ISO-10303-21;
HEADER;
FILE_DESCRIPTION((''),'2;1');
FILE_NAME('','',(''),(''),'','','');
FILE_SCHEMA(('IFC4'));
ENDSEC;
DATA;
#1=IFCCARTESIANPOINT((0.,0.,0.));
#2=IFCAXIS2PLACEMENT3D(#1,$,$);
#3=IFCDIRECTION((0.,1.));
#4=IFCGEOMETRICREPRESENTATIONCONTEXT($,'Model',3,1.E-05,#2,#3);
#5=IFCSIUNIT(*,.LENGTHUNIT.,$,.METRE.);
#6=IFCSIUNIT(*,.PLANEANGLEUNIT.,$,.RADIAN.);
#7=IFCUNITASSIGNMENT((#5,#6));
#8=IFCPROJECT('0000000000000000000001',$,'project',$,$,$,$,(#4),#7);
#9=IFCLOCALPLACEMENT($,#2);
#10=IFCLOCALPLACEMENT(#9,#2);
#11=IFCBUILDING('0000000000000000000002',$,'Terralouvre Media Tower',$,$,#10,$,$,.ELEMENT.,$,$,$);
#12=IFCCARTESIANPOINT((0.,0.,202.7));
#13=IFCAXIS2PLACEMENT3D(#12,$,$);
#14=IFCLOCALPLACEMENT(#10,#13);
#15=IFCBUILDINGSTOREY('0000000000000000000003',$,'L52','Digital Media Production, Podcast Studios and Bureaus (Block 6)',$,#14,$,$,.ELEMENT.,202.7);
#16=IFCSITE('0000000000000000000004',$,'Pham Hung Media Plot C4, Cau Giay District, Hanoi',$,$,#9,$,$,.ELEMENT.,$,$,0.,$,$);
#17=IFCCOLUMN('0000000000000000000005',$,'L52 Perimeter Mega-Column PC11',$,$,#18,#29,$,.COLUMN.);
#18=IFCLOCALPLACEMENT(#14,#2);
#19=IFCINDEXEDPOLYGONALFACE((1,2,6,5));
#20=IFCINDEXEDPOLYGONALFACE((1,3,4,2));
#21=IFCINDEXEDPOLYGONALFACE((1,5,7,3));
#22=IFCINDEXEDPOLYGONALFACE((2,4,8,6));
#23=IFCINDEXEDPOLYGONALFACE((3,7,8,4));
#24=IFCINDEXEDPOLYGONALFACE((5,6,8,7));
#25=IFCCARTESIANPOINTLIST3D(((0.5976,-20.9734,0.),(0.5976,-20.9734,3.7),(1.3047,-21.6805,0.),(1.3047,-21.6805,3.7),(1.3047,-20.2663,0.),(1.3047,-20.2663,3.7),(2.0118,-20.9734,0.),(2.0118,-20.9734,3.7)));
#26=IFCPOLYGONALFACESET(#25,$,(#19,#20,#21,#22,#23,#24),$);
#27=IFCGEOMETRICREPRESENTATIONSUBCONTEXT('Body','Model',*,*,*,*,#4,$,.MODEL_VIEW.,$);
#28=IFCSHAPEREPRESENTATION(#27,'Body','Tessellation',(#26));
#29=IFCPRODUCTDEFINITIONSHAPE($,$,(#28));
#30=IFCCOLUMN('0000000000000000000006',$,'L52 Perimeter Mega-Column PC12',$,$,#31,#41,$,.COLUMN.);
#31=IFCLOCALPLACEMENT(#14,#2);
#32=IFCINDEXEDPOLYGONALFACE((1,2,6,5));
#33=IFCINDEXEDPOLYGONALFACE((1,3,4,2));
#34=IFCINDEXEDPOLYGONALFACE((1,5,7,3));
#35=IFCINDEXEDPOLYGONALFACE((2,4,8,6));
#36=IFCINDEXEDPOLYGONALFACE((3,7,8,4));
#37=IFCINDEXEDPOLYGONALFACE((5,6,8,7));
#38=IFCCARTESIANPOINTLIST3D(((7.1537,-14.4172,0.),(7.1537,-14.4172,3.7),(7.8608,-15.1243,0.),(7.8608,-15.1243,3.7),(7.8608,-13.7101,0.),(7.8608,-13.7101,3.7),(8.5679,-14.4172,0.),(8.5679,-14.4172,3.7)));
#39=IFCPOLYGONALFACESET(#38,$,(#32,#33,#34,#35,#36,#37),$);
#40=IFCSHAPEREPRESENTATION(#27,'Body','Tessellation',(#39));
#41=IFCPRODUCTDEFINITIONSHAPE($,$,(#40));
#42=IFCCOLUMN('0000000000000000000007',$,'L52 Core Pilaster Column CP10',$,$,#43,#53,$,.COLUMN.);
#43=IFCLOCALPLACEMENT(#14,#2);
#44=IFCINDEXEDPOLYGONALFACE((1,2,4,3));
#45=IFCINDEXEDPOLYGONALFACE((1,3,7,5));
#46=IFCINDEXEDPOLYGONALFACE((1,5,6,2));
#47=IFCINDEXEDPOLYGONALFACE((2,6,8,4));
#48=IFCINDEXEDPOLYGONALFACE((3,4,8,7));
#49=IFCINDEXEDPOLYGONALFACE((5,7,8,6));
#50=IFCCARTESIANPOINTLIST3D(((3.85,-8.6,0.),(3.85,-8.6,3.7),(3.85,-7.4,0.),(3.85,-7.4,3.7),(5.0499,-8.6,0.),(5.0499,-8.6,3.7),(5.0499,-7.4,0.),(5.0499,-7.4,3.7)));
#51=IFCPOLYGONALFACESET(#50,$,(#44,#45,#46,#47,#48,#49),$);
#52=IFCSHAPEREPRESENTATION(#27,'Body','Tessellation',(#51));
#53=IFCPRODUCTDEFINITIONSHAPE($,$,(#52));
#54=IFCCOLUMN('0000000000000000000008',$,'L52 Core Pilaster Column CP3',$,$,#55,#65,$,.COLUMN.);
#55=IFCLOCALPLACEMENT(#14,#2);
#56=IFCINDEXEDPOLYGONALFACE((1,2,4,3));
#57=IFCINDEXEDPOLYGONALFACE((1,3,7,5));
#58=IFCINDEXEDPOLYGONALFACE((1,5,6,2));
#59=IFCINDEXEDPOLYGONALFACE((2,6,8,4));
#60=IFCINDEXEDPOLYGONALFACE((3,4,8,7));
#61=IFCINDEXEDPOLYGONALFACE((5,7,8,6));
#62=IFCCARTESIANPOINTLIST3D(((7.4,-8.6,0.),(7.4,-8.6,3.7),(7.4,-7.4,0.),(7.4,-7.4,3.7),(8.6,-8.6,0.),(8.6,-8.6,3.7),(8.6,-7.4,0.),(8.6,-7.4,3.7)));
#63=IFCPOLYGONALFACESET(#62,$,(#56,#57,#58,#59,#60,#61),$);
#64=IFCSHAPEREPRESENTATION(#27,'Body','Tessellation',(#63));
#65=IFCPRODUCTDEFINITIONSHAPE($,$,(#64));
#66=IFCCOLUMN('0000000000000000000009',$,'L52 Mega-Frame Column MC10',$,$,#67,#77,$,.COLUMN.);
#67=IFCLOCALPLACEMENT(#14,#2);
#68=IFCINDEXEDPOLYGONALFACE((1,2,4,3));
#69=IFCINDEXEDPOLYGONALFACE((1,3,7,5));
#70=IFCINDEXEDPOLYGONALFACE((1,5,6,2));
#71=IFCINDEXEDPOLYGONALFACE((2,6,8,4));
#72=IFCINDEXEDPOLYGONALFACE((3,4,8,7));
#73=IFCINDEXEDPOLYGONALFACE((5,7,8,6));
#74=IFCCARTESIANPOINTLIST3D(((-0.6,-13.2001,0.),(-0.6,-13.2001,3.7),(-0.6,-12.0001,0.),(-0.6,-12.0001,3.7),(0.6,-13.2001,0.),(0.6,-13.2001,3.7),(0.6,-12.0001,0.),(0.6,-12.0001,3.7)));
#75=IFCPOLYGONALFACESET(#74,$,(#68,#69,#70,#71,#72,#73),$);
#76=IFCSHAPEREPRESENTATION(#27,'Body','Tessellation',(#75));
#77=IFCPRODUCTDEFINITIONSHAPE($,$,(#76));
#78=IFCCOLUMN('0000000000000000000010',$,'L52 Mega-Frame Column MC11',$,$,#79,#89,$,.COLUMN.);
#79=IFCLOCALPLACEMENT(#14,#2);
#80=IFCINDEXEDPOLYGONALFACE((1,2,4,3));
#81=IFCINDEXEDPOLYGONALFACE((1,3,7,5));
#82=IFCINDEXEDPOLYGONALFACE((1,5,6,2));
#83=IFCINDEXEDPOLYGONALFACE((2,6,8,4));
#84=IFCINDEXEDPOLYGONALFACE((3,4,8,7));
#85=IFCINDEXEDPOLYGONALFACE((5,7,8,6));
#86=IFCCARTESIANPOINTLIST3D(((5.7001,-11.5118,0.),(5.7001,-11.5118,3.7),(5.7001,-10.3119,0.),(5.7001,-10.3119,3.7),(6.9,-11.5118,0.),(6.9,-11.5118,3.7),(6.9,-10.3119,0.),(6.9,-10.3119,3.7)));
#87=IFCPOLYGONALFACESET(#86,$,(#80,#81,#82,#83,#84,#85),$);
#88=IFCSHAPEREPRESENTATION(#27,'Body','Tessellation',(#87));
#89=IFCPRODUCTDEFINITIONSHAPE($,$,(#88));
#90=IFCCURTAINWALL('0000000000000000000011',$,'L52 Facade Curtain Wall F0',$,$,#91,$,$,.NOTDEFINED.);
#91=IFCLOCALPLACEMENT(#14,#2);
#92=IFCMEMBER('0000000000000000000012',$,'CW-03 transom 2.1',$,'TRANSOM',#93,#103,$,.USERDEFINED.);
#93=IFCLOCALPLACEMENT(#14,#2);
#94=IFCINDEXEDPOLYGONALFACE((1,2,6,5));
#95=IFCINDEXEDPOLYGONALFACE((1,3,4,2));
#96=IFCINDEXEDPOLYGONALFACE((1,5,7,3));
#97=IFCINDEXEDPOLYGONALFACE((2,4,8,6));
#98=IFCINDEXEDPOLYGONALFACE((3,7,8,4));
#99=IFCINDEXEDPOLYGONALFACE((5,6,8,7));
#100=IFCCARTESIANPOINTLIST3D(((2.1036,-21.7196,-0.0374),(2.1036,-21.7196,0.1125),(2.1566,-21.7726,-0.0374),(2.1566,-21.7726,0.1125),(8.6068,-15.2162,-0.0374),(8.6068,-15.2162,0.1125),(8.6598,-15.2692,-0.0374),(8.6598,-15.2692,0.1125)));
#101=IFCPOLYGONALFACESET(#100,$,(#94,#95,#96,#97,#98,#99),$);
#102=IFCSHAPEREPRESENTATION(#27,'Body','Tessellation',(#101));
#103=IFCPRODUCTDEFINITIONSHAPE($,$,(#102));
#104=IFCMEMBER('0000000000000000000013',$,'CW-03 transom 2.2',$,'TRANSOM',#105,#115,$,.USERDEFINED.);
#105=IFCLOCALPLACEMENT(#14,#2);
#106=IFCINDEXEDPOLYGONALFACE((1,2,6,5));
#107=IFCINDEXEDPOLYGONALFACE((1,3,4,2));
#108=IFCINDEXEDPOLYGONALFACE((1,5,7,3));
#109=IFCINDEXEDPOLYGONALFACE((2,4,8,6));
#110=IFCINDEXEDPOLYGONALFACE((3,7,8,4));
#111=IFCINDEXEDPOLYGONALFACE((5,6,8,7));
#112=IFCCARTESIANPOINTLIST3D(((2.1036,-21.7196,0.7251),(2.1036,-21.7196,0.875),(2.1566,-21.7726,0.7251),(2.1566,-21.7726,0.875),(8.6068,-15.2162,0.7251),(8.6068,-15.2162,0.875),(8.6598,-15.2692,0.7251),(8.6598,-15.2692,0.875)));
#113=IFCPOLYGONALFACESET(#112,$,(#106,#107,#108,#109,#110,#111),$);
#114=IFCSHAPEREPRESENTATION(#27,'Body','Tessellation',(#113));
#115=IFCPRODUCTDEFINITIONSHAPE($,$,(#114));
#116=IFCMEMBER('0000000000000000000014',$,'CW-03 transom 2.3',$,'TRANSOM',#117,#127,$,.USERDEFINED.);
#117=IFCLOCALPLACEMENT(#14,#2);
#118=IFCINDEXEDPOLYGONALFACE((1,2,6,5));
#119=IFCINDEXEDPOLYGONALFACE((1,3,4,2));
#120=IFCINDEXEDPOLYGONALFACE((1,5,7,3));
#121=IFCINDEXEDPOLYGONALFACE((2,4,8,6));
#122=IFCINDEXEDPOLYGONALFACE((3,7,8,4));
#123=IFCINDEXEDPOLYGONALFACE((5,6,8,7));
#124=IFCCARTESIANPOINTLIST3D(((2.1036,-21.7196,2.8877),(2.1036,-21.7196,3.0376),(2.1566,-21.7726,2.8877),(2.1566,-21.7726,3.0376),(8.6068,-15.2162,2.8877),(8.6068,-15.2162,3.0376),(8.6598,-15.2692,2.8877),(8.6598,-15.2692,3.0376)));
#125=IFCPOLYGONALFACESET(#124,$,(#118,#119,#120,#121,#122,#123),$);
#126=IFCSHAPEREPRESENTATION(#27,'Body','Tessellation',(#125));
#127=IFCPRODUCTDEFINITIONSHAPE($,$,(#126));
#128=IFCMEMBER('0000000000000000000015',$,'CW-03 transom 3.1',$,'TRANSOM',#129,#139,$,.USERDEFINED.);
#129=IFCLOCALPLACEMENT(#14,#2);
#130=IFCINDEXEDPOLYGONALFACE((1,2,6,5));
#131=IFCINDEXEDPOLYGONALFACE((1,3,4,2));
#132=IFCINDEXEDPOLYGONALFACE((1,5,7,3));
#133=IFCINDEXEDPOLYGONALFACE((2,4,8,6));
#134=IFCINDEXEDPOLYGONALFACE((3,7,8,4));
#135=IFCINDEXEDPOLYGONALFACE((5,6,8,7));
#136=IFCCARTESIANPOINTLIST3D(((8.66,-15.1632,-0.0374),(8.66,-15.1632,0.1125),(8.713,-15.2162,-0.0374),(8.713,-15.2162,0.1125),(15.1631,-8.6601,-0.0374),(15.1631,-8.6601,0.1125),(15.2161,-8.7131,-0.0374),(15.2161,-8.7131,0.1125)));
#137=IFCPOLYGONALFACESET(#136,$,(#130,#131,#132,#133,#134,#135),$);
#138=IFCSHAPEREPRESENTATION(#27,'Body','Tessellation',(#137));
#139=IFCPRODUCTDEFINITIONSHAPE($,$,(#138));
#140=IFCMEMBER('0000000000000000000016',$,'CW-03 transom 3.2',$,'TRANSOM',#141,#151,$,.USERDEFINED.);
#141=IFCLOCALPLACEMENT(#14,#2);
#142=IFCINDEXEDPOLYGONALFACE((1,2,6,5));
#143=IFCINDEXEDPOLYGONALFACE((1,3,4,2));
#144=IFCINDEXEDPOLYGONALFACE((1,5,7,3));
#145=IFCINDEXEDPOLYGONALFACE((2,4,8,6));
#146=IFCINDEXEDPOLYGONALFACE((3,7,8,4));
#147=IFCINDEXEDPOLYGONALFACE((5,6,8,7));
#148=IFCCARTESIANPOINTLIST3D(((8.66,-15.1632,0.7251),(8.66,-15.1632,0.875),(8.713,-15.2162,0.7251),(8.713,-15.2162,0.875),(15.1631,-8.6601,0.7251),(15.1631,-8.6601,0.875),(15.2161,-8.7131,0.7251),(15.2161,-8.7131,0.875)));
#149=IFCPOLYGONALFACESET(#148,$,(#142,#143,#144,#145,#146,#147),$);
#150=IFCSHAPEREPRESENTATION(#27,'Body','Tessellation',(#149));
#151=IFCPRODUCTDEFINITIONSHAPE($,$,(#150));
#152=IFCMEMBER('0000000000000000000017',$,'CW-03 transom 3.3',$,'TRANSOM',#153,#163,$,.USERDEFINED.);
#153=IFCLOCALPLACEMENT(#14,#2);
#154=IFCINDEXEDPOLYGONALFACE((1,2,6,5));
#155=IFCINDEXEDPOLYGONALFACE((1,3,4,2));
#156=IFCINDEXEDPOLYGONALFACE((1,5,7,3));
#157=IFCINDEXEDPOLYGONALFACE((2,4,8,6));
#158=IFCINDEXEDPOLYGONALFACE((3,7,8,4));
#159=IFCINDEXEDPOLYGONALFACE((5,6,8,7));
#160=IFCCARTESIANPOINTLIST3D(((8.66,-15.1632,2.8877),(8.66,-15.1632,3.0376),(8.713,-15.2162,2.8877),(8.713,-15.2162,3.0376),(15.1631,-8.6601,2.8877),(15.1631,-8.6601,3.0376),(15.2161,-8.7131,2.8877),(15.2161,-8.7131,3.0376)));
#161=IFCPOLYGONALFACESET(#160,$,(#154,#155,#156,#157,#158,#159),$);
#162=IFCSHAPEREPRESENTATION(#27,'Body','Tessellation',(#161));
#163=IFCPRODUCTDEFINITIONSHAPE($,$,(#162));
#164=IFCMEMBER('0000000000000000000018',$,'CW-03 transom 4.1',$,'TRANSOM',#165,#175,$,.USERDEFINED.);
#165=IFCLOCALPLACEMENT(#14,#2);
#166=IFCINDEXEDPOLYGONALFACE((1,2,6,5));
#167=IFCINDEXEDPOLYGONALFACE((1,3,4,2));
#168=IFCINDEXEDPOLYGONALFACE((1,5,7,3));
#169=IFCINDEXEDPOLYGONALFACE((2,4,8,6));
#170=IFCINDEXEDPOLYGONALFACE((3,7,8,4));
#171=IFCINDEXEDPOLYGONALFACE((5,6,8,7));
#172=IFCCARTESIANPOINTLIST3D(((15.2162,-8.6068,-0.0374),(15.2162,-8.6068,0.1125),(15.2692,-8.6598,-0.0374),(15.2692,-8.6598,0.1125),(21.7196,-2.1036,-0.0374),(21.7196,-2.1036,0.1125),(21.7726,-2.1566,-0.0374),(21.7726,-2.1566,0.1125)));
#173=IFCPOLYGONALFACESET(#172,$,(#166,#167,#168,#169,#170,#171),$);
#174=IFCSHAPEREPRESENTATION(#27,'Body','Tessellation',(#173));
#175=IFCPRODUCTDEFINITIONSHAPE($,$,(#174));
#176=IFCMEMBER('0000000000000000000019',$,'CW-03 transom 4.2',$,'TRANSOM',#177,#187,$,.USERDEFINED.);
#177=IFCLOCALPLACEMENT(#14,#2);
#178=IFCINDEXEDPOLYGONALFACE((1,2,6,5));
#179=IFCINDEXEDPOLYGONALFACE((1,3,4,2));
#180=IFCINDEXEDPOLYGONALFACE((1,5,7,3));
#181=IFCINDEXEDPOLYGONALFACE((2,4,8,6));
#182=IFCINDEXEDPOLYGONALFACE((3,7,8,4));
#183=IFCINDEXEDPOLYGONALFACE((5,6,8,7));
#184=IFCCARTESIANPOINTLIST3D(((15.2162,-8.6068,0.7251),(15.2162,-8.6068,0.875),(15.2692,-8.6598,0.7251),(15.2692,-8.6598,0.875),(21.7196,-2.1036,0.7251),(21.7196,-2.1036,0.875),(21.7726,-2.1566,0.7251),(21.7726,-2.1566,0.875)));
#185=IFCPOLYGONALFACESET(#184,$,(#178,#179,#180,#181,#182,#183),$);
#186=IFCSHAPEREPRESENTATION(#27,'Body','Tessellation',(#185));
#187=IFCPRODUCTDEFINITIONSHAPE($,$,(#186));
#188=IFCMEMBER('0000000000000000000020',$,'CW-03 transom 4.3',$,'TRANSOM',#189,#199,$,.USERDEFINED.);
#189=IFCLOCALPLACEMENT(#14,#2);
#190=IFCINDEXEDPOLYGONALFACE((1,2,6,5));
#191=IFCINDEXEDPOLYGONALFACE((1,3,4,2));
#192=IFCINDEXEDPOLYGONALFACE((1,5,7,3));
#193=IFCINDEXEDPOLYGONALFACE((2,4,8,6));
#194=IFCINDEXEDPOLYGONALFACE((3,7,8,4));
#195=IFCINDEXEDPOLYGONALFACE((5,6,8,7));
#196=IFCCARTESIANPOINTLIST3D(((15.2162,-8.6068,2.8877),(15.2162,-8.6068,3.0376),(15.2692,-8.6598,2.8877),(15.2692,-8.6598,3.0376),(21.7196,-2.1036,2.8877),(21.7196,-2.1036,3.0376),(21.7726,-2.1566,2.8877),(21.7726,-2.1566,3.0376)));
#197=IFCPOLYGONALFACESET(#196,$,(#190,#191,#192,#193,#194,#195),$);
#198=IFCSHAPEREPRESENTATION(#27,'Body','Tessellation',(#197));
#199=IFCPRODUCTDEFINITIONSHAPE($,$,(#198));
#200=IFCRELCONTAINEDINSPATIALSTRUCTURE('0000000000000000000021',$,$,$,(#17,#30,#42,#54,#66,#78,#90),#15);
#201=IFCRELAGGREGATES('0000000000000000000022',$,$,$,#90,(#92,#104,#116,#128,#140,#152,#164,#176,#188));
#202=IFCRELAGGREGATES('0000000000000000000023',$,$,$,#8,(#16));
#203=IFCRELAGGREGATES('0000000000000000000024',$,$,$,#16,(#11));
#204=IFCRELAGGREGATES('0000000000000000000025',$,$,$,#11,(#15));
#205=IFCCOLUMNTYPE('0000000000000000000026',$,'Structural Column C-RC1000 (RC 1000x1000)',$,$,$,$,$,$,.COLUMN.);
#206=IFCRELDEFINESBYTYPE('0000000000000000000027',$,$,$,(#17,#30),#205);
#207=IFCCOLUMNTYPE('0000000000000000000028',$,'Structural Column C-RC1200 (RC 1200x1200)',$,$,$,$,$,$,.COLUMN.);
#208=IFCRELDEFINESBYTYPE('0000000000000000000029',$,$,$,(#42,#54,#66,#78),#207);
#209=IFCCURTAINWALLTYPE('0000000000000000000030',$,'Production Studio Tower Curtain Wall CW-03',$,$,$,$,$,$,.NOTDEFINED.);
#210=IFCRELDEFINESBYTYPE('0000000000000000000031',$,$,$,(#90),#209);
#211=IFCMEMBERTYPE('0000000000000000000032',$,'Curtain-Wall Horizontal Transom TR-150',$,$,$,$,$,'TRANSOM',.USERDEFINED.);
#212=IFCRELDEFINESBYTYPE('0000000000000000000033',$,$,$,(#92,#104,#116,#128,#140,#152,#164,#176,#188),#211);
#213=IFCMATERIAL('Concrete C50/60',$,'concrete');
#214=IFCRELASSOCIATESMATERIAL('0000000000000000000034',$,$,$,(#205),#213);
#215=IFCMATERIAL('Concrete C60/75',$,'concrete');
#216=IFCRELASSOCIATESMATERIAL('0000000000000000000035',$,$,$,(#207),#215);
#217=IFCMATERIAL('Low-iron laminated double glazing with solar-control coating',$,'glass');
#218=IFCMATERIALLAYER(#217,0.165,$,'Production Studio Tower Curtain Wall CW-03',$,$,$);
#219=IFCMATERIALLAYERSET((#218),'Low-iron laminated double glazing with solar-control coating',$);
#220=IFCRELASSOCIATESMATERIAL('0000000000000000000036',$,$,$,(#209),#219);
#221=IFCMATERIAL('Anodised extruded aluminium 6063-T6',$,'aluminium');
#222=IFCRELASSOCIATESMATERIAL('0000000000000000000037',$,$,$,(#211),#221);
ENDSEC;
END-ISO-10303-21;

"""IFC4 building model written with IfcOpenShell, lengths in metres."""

from ifc_helpers import new_model, si_unit, direction, frame, origin, origin_2d, place, context, subcontext, project, spatial, rectangle, extrude, material, layer, layer_set, material_profile, profile_set, type_object, element, aggregate, save


model = new_model("IFC4")

# Units and contexts
model_context = context("Model", 3, precision=1e-05, world=origin(), true_north=direction((0.0, 1.0)))
body_context = subcontext(model_context, "Body", "Model", "MODEL_VIEW")
ifc_project = project(units=[si_unit("LENGTHUNIT", "METRE"), si_unit("PLANEANGLEUNIT", "RADIAN")], contexts=[model_context])

# Site, building, storey
site_placement = place(None, origin())
site = spatial("IfcSite", under=ifc_project, at=site_placement, Name="Pham Hung Media Plot C4, Cau Giay District, Hanoi", CompositionType="ELEMENT", RefElevation=0.0)
building_placement = place(site_placement, origin())
building = spatial("IfcBuilding", under=site, at=building_placement, Name="Terralouvre Media Tower", CompositionType="ELEMENT")
storey_placement = place(building_placement, frame((0.0, 0.0, 202.7)))
storey = spatial("IfcBuildingStorey", under=building, at=storey_placement, Name="L52", Description="Digital Media Production, Podcast Studios and Bureaus (Block 6)", CompositionType="ELEMENT", Elevation=202.7)

# Columns
ifc_material_1 = material(Name="Concrete C50/60", Category="concrete")
ifc_material_profile_1 = material_profile(ifc_material_1, rectangle(XDim=1.0, YDim=1.0, at=origin_2d()), Name="RC 1000x1000")
ifc_profile_set_1 = profile_set([ifc_material_profile_1], Name="Concrete C50/60")
column_type_1 = type_object("IfcColumnType", Name="Structural Column C-RC1000 (RC 1000x1000)", PredefinedType="COLUMN", material=ifc_profile_set_1)
for number, where, z_axis, x_axis, name in (
    (1, (1.3047, -20.9734, 0.0), (0.0, 0.0, 1.0), (0.707107, 0.707107, 0.0), "L52 Perimeter Mega-Column PC11"),
    (2, (7.8608, -14.4172, 0.0), (0.0, 0.0, 1.0), (0.707107, 0.707107, 0.0), "L52 Perimeter Mega-Column PC12"),
):
    element("IfcColumn", number, at=place(storey_placement, frame(where, z_axis=z_axis, x_axis=x_axis)), inside=storey, type_object=column_type_1, Name=name, PredefinedType="COLUMN", context=body_context, shape_type="SweptSolid", body=[
        extrude(rectangle(XDim=1.0, YDim=1.0, at=origin_2d()), origin(), (0.0, 0.0, 1.0), 3.7),
    ])
ifc_material_2 = material(Name="Concrete C60/75", Category="concrete")
ifc_material_profile_2 = material_profile(ifc_material_2, rectangle(XDim=1.2, YDim=1.2, at=origin_2d()), Name="RC 1200x1200")
ifc_profile_set_2 = profile_set([ifc_material_profile_2], Name="Concrete C60/75")
column_type_2 = type_object("IfcColumnType", Name="Structural Column C-RC1200 (RC 1200x1200)", PredefinedType="COLUMN", material=ifc_profile_set_2)
for number, where, z_axis, x_axis, name in (
    (3, (4.45, -8.0, 0.0), (0.0, 0.0, 1.0), (1.0, 0.0, 0.0), "L52 Core Pilaster Column CP10"),
    (4, (8.0, -8.0, 0.0), (0.0, 0.0, 1.0), (1.0, 0.0, 0.0), "L52 Core Pilaster Column CP3"),
    (5, (0.0, -12.6001, 0.0), (0.0, 0.0, 1.0), (1.0, 0.0, 0.0), "L52 Mega-Frame Column MC10"),
    (6, (6.3, -10.9119, 0.0), (0.0, 0.0, 1.0), (1.0, 0.0, 0.0), "L52 Mega-Frame Column MC11"),
):
    element("IfcColumn", number, at=place(storey_placement, frame(where, z_axis=z_axis, x_axis=x_axis)), inside=storey, type_object=column_type_2, Name=name, PredefinedType="COLUMN", context=body_context, shape_type="SweptSolid", body=[
        extrude(rectangle(XDim=1.2, YDim=1.2, at=origin_2d()), origin(), (0.0, 0.0, 1.0), 3.7),
    ])

# Curtain wall, members
ifc_material_3 = material(Name="Low-iron laminated double glazing with solar-control coating", Category="glass")
ifc_layer_1 = layer(ifc_material_3, 0.165, Name="Production Studio Tower Curtain Wall CW-03")
ifc_layer_set_1 = layer_set([ifc_layer_1], Name="Low-iron laminated double glazing with solar-control coating")
curtain_wall_type = type_object("IfcCurtainWallType", Name="Production Studio Tower Curtain Wall CW-03", PredefinedType="NOTDEFINED", material=ifc_layer_set_1)
curtain_wall_placement = place(storey_placement, origin())
curtain_wall = element("IfcCurtainWall", 7, at=curtain_wall_placement, inside=storey, type_object=curtain_wall_type, Name="L52 Facade Curtain Wall F0", PredefinedType="NOTDEFINED")
ifc_material_4 = material(Name="Anodised extruded aluminium 6063-T6", Category="aluminium")
ifc_material_profile_3 = material_profile(ifc_material_4, rectangle(XDim=0.075, YDim=0.1499, at=origin_2d()), Name="ALU 75x150")
ifc_profile_set_3 = profile_set([ifc_material_profile_3], Name="Anodised extruded aluminium 6063-T6")
member_type_1 = type_object("IfcMemberType", Name="Curtain-Wall Horizontal Transom TR-150", ElementType="TRANSOM", PredefinedType="USERDEFINED", material=ifc_profile_set_3)
member_1_placement = place(storey_placement, frame((2.1301, -21.7461, 0.0376), z_axis=(0.707094, 0.70712, 0.0), x_axis=(-0.70712, 0.707094, 0.0)))
member_1 = element("IfcMember", 8, at=member_1_placement, type_object=member_type_1, Name="CW-03 transom 2.1", ObjectType="TRANSOM", PredefinedType="USERDEFINED", context=body_context, shape_type="SweptSolid", body=[
    extrude(rectangle(XDim=0.075, YDim=0.1499, at=origin_2d()), origin(), (0.0, 0.0, 1.0), 9.197),
])
member_2_placement = place(storey_placement, frame((2.1301, -21.7461, 0.8), z_axis=(0.707094, 0.70712, 0.0), x_axis=(-0.70712, 0.707094, 0.0)))
member_2 = element("IfcMember", 9, at=member_2_placement, type_object=member_type_1, Name="CW-03 transom 2.2", ObjectType="TRANSOM", PredefinedType="USERDEFINED", context=body_context, shape_type="SweptSolid", body=[
    extrude(rectangle(XDim=0.075, YDim=0.1499, at=origin_2d()), origin(), (0.0, 0.0, 1.0), 9.197),
])
member_3_placement = place(storey_placement, frame((2.1301, -21.7461, 2.9626), z_axis=(0.707094, 0.70712, 0.0), x_axis=(-0.70712, 0.707094, 0.0)))
member_3 = element("IfcMember", 10, at=member_3_placement, type_object=member_type_1, Name="CW-03 transom 2.3", ObjectType="TRANSOM", PredefinedType="USERDEFINED", context=body_context, shape_type="SweptSolid", body=[
    extrude(rectangle(XDim=0.075, YDim=0.1499, at=origin_2d()), origin(), (0.0, 0.0, 1.0), 9.197),
])
member_4_placement = place(storey_placement, frame((8.6865, -15.1897, 0.0376), z_axis=(0.707107, 0.707107, 0.0), x_axis=(-0.707107, 0.707107, 0.0)))
member_4 = element("IfcMember", 11, at=member_4_placement, type_object=member_type_1, Name="CW-03 transom 3.1", ObjectType="TRANSOM", PredefinedType="USERDEFINED", context=body_context, shape_type="SweptSolid", body=[
    extrude(rectangle(XDim=0.075, YDim=0.1499, at=origin_2d()), origin(), (0.0, 0.0, 1.0), 9.1968),
])
member_5_placement = place(storey_placement, frame((8.6865, -15.1897, 0.8), z_axis=(0.707107, 0.707107, 0.0), x_axis=(-0.707107, 0.707107, 0.0)))
member_5 = element("IfcMember", 12, at=member_5_placement, type_object=member_type_1, Name="CW-03 transom 3.2", ObjectType="TRANSOM", PredefinedType="USERDEFINED", context=body_context, shape_type="SweptSolid", body=[
    extrude(rectangle(XDim=0.075, YDim=0.1499, at=origin_2d()), origin(), (0.0, 0.0, 1.0), 9.1968),
])
member_6_placement = place(storey_placement, frame((8.6865, -15.1897, 2.9626), z_axis=(0.707107, 0.707107, 0.0), x_axis=(-0.707107, 0.707107, 0.0)))
member_6 = element("IfcMember", 13, at=member_6_placement, type_object=member_type_1, Name="CW-03 transom 3.3", ObjectType="TRANSOM", PredefinedType="USERDEFINED", context=body_context, shape_type="SweptSolid", body=[
    extrude(rectangle(XDim=0.075, YDim=0.1499, at=origin_2d()), origin(), (0.0, 0.0, 1.0), 9.1968),
])
member_7_placement = place(storey_placement, frame((15.2427, -8.6333, 0.0376), z_axis=(0.70712, 0.707094, 0.0), x_axis=(-0.707094, 0.70712, 0.0)))
member_7 = element("IfcMember", 14, at=member_7_placement, type_object=member_type_1, Name="CW-03 transom 4.1", ObjectType="TRANSOM", PredefinedType="USERDEFINED", context=body_context, shape_type="SweptSolid", body=[
    extrude(rectangle(XDim=0.075, YDim=0.1499, at=origin_2d()), origin(), (0.0, 0.0, 1.0), 9.197),
])
member_8_placement = place(storey_placement, frame((15.2427, -8.6333, 0.8), z_axis=(0.70712, 0.707094, 0.0), x_axis=(-0.707094, 0.70712, 0.0)))
member_8 = element("IfcMember", 15, at=member_8_placement, type_object=member_type_1, Name="CW-03 transom 4.2", ObjectType="TRANSOM", PredefinedType="USERDEFINED", context=body_context, shape_type="SweptSolid", body=[
    extrude(rectangle(XDim=0.075, YDim=0.1499, at=origin_2d()), origin(), (0.0, 0.0, 1.0), 9.197),
])
member_9_placement = place(storey_placement, frame((15.2427, -8.6333, 2.9626), z_axis=(0.70712, 0.707094, 0.0), x_axis=(-0.707094, 0.70712, 0.0)))
member_9 = element("IfcMember", 16, at=member_9_placement, type_object=member_type_1, Name="CW-03 transom 4.3", ObjectType="TRANSOM", PredefinedType="USERDEFINED", context=body_context, shape_type="SweptSolid", body=[
    extrude(rectangle(XDim=0.075, YDim=0.1499, at=origin_2d()), origin(), (0.0, 0.0, 1.0), 9.197),
])

aggregate(curtain_wall, [member_1, member_2, member_3, member_4, member_5, member_6, member_7, member_8, member_9])

save(model, "model.ifc")
